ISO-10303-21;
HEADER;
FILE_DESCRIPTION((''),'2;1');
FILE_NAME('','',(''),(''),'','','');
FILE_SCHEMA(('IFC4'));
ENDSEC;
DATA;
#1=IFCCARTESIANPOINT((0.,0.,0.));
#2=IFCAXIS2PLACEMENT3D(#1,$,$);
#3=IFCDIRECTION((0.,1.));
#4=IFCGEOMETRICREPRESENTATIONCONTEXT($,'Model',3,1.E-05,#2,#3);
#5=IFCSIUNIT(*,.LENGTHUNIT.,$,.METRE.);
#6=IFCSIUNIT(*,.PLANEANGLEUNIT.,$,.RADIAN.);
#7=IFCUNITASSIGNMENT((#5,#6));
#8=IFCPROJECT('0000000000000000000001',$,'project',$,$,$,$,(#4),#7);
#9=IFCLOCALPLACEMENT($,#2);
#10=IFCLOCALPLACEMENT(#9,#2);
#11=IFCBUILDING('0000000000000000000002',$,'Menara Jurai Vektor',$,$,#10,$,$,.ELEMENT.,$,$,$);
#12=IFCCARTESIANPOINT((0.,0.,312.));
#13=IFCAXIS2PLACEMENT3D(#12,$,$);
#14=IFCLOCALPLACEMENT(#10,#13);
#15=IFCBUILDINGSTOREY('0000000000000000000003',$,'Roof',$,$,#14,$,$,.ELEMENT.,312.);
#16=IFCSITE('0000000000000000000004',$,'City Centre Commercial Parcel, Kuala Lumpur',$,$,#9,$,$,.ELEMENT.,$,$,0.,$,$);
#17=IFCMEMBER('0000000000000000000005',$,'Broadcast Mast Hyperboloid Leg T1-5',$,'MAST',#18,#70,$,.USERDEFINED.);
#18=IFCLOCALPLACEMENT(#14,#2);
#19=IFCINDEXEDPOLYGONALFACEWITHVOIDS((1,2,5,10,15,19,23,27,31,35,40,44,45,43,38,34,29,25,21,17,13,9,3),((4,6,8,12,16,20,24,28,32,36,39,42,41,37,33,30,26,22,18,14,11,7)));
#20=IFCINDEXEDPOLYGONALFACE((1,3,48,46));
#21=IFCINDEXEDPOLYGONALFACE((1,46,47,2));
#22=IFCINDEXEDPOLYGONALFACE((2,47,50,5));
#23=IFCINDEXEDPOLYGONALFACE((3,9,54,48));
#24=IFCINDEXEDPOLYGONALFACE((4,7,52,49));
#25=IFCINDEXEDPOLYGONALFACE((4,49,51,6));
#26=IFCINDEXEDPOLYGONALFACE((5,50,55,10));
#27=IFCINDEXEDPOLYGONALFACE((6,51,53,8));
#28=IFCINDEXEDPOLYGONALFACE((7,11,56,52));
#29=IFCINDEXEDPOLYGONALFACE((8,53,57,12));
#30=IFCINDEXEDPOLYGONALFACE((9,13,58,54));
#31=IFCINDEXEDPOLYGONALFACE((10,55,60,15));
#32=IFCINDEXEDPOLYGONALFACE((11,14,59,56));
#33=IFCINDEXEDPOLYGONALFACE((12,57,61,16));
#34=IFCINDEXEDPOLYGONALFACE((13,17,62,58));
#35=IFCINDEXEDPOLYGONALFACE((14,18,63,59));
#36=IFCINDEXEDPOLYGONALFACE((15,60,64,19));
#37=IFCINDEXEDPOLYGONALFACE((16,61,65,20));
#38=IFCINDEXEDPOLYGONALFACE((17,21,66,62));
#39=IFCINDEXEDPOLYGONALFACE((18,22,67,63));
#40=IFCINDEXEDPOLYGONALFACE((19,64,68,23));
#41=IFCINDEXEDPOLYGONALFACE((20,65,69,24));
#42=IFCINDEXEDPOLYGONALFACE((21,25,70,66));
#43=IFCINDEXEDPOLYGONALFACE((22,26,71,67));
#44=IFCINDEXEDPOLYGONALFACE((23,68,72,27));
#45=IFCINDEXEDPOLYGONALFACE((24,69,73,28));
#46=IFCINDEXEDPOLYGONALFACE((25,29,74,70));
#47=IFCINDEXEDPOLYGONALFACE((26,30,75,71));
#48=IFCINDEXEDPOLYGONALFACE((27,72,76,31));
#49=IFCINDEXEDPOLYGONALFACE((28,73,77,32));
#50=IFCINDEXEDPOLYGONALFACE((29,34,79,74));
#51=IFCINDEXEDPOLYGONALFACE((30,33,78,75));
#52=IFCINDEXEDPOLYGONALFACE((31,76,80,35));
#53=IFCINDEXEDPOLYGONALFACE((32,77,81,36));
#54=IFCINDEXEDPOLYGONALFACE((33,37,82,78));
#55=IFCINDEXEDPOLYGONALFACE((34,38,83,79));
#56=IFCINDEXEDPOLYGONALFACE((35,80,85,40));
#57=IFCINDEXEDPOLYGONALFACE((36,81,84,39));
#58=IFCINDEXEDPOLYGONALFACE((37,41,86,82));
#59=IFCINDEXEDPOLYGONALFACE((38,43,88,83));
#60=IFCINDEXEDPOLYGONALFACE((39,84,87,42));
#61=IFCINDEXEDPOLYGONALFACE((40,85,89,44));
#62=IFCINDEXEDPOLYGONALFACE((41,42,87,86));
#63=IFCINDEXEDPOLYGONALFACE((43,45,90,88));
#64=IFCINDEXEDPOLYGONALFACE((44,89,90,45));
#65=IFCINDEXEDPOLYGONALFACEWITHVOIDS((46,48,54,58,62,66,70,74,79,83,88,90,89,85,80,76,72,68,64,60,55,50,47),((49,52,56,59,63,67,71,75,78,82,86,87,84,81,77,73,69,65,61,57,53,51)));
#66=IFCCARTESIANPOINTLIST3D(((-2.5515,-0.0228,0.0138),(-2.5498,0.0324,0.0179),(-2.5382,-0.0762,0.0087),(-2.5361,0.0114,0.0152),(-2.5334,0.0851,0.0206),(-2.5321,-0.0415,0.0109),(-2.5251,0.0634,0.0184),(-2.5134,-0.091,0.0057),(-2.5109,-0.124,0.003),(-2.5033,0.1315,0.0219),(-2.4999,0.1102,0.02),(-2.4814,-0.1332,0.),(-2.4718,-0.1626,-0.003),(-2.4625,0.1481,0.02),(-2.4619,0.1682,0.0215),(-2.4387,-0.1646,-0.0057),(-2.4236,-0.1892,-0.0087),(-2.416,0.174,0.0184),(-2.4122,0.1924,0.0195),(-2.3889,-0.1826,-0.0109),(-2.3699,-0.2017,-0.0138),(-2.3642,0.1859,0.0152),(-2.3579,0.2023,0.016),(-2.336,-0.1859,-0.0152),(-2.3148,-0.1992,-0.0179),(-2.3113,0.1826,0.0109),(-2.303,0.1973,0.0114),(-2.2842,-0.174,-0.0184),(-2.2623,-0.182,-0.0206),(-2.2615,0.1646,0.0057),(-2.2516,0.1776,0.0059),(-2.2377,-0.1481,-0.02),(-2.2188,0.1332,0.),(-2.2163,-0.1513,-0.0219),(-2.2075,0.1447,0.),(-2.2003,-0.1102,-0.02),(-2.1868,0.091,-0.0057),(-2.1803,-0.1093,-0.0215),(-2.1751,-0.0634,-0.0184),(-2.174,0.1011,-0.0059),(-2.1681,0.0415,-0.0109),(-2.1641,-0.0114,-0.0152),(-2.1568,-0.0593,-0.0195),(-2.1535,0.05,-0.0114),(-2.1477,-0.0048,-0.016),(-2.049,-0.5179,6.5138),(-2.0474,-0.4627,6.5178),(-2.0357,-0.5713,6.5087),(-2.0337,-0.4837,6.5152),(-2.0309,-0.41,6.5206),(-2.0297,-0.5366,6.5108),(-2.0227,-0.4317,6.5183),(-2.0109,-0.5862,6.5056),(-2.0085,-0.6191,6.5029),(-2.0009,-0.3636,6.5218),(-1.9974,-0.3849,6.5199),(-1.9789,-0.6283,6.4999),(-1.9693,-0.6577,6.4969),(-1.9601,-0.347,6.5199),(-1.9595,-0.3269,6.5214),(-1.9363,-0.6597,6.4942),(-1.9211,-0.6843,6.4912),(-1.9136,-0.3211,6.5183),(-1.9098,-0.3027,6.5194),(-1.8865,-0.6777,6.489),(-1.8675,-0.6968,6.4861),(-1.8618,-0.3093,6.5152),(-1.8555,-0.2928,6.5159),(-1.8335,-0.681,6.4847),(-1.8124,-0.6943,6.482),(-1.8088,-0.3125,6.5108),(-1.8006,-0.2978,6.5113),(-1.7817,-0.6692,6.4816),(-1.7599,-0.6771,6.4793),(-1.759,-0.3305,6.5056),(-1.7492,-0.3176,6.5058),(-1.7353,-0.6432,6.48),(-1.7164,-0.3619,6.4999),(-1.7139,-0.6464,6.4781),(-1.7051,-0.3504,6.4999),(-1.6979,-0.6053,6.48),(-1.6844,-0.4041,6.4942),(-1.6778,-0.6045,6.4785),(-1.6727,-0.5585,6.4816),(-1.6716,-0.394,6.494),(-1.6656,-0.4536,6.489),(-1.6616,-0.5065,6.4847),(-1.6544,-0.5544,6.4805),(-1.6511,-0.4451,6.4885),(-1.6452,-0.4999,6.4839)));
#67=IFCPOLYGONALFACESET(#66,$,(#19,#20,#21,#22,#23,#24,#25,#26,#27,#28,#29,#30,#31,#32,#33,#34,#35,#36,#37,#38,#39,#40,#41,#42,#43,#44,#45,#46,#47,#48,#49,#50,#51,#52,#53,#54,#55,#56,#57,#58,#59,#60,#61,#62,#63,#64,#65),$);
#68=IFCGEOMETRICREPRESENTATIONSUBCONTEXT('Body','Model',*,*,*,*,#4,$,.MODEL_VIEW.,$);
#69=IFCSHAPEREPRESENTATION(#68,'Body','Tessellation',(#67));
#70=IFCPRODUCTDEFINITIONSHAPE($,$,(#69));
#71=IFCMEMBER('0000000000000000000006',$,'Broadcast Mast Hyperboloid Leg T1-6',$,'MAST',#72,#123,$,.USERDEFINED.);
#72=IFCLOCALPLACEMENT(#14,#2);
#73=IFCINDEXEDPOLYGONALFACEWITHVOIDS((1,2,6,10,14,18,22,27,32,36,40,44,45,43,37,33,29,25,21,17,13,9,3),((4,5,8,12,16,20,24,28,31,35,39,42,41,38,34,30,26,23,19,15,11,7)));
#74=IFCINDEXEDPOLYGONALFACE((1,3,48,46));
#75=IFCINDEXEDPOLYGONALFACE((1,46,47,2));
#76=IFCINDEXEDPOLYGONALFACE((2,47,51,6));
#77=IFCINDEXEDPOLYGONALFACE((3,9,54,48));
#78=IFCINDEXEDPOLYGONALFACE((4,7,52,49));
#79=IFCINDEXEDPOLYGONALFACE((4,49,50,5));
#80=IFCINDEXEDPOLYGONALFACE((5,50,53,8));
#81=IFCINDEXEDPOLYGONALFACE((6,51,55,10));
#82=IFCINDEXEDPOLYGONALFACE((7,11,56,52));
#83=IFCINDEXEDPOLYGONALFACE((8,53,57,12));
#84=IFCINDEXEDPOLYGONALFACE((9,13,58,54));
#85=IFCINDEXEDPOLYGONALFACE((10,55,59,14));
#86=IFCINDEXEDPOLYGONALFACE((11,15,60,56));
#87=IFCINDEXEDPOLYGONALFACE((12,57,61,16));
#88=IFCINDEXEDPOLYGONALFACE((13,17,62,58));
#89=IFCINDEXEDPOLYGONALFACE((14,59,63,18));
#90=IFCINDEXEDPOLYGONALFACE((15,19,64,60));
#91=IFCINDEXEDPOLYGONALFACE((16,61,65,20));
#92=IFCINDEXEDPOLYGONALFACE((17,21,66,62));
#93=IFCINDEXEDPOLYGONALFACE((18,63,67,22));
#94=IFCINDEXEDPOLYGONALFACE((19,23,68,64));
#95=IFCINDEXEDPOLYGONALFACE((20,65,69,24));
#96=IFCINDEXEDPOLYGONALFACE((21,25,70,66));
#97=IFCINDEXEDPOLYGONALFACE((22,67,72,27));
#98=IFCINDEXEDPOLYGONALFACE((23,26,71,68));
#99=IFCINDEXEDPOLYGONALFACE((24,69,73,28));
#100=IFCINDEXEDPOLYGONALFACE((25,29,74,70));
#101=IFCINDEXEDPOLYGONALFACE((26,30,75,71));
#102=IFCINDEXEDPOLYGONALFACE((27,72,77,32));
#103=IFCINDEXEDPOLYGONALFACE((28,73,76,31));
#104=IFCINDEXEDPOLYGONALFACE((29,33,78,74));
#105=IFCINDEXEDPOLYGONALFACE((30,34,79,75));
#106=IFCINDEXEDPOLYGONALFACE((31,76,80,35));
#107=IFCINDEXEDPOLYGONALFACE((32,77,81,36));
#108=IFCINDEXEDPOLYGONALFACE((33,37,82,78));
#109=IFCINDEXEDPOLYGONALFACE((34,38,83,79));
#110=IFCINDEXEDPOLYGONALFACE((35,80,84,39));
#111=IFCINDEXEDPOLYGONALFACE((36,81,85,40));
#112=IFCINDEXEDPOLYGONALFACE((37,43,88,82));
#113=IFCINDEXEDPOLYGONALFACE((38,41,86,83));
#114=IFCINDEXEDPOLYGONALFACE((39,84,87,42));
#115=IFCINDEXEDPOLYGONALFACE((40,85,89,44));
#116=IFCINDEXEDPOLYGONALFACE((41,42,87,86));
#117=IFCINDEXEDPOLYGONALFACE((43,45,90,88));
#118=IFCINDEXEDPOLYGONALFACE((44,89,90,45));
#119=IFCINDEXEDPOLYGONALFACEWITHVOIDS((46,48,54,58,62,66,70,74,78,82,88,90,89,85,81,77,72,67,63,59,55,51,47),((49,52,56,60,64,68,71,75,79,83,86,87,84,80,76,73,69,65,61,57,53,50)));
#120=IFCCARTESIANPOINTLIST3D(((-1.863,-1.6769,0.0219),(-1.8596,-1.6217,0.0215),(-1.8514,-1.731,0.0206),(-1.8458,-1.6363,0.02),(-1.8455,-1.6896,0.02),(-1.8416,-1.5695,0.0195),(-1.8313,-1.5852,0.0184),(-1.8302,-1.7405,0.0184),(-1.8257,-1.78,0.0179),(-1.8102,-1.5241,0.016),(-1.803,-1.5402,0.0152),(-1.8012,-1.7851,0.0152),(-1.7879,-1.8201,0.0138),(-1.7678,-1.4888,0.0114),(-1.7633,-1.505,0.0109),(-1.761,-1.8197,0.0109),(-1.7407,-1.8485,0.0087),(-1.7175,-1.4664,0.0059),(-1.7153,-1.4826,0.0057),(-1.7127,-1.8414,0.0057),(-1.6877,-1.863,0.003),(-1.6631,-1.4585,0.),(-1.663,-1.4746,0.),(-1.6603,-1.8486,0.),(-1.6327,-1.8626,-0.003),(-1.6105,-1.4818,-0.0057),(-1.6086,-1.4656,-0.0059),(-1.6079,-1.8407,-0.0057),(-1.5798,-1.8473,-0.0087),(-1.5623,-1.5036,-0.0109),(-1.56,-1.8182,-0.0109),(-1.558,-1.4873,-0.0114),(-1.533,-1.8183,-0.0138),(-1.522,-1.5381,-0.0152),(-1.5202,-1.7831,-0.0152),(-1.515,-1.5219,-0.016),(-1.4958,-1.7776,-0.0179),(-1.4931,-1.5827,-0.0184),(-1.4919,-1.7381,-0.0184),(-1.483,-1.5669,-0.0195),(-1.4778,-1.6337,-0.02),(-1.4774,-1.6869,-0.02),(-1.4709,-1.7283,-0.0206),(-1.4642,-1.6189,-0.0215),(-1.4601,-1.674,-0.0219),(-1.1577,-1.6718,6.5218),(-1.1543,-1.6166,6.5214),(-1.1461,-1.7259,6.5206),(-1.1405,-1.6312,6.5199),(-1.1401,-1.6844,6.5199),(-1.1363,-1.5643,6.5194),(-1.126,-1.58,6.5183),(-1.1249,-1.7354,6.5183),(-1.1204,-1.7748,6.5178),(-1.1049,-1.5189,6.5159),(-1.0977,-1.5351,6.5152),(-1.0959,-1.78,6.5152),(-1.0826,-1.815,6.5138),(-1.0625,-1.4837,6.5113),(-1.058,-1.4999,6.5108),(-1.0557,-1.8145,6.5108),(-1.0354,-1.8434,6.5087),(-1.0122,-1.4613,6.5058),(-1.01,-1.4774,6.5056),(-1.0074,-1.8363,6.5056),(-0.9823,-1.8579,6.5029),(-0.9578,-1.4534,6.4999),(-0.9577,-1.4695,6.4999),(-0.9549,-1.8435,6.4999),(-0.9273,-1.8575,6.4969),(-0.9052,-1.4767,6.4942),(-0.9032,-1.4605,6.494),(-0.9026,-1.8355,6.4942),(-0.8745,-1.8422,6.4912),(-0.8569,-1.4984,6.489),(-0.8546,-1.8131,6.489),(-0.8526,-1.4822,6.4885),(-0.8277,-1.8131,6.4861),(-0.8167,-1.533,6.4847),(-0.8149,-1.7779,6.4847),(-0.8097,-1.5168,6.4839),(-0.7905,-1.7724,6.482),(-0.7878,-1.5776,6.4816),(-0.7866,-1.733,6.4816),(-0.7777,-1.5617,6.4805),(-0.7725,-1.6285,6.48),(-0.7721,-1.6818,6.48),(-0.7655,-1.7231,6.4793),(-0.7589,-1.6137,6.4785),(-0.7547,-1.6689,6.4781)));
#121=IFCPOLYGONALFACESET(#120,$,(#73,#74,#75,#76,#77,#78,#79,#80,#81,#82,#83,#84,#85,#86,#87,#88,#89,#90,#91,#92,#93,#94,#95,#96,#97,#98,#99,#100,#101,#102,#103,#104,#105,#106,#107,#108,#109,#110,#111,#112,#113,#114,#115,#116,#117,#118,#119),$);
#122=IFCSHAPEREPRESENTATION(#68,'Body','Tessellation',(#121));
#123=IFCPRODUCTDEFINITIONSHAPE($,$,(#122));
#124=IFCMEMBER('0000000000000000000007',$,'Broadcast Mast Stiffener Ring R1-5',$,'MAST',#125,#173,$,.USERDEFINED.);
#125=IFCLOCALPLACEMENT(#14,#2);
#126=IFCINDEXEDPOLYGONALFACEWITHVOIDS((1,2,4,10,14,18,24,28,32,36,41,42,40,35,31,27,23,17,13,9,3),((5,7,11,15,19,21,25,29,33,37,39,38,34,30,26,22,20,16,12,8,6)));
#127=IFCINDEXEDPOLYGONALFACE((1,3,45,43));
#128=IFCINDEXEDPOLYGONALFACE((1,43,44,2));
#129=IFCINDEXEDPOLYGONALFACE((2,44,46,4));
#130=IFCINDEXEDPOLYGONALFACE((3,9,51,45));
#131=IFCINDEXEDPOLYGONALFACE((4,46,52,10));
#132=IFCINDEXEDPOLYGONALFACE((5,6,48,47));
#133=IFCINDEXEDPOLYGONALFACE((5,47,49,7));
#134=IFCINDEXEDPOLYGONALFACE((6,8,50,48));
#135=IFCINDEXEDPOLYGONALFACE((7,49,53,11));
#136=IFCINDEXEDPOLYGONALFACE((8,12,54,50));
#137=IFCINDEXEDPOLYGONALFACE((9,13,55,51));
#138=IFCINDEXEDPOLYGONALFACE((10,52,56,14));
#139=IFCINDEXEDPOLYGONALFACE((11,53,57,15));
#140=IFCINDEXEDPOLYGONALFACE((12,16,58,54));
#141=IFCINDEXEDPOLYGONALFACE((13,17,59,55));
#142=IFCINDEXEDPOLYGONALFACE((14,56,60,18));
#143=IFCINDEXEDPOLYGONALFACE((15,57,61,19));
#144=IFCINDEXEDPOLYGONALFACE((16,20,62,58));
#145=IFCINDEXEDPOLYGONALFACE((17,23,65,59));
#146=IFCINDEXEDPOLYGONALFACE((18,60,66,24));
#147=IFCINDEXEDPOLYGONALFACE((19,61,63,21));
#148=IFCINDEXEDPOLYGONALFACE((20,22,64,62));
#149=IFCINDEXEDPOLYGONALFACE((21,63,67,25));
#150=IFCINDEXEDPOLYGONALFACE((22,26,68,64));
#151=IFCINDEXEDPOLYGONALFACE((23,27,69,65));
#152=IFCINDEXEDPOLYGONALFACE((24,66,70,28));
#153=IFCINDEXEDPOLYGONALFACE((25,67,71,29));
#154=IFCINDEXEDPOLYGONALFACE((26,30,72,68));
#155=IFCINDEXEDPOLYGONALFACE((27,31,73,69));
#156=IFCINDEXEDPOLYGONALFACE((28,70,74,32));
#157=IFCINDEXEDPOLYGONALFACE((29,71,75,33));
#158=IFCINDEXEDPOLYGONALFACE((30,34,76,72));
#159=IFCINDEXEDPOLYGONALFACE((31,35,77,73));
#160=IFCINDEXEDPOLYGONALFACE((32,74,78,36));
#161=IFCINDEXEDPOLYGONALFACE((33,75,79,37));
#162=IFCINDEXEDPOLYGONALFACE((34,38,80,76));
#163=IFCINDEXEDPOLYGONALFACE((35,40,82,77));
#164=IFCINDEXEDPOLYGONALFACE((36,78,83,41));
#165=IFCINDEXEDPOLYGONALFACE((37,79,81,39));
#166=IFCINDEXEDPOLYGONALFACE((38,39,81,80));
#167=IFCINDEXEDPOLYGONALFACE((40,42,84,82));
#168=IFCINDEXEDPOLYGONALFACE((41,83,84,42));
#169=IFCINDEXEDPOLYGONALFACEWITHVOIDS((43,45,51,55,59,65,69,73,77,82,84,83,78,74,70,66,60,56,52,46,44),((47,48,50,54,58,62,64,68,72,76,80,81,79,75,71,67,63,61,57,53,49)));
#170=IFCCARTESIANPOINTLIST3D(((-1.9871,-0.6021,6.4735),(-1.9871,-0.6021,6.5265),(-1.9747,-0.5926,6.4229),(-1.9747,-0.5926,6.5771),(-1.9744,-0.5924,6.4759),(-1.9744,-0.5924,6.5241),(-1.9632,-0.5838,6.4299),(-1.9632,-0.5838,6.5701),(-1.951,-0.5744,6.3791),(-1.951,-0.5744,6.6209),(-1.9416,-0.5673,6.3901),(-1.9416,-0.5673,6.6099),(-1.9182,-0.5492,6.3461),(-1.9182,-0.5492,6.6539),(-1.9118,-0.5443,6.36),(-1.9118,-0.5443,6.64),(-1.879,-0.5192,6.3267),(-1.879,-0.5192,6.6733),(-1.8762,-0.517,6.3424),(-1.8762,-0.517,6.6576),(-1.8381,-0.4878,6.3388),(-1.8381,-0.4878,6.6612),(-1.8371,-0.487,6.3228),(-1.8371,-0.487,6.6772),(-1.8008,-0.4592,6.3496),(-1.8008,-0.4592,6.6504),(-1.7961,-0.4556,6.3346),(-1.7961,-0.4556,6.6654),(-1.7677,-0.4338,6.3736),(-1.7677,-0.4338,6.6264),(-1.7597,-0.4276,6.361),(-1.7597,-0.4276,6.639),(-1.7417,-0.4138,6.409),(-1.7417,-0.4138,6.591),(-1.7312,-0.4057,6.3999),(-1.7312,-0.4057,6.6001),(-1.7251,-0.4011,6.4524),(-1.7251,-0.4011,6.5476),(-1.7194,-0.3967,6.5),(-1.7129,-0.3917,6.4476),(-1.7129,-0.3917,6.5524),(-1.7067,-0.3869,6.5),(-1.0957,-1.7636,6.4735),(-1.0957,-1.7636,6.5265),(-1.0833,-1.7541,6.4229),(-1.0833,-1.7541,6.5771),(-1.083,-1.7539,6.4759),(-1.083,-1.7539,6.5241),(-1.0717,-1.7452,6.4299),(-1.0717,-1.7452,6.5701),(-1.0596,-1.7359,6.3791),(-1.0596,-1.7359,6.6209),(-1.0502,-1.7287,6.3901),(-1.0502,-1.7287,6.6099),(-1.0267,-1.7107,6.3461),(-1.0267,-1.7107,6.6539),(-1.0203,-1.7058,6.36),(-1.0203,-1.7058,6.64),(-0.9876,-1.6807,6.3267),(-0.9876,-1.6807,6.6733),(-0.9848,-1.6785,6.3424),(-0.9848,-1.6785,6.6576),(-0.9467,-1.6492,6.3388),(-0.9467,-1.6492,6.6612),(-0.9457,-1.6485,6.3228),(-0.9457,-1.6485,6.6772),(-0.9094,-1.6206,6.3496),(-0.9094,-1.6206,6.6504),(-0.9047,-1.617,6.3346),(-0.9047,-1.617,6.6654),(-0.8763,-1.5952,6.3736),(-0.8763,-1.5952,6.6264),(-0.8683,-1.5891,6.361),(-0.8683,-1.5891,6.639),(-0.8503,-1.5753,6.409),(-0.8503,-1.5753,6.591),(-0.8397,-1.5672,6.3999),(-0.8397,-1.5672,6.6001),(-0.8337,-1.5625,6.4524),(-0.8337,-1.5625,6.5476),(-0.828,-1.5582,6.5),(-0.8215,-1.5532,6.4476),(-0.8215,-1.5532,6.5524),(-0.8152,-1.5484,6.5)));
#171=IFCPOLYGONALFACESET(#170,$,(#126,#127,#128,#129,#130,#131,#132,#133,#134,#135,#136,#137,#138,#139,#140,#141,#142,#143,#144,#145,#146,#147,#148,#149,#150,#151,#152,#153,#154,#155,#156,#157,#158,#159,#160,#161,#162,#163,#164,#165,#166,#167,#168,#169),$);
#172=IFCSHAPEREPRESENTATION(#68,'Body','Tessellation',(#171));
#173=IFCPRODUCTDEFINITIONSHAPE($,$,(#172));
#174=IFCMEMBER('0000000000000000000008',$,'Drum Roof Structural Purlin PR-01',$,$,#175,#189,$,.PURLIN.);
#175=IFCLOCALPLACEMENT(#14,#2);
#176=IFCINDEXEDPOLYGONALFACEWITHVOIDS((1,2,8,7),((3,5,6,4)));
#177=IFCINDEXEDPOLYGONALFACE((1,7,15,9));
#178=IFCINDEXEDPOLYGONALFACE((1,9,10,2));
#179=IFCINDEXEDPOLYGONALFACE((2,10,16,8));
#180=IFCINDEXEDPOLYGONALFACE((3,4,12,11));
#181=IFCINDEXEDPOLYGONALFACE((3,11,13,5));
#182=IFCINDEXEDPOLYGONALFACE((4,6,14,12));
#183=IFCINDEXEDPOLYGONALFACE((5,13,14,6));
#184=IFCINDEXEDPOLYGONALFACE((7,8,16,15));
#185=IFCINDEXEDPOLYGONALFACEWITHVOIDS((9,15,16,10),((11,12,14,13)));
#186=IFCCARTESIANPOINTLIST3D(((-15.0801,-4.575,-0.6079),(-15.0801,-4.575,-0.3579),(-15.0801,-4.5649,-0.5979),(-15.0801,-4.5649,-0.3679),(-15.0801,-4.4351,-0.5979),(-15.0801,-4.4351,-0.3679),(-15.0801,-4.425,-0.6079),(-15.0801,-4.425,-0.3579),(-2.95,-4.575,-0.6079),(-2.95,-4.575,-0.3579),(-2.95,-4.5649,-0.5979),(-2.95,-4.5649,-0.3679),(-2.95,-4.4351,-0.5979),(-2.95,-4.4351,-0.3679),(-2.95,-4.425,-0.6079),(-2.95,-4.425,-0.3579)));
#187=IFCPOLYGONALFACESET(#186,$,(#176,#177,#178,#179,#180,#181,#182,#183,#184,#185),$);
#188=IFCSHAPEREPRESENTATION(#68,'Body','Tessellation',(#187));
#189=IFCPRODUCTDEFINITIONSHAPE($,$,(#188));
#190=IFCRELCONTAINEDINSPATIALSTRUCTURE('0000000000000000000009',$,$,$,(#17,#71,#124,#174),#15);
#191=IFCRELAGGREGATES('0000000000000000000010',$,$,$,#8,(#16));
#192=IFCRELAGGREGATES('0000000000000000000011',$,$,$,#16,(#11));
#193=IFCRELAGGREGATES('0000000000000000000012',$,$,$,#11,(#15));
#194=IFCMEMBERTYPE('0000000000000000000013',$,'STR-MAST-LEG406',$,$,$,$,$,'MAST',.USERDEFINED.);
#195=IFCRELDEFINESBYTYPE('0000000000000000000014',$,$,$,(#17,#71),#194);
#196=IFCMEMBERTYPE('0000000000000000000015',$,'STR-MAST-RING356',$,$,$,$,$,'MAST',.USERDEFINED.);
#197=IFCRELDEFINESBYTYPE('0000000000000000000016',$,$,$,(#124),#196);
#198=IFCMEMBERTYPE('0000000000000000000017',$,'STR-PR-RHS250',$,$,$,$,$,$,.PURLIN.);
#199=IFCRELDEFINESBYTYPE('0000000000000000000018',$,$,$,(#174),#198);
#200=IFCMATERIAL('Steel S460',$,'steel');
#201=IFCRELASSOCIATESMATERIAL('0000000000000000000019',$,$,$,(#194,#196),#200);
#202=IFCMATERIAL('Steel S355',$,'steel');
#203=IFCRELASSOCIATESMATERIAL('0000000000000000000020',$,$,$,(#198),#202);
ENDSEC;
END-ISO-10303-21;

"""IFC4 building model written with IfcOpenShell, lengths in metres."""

from ifc_helpers import new_model, si_unit, direction, frame, origin, origin_2d, place, context, subcontext, project, spatial, hollow_rectangle, hollow_circle, extrude, material, material_profile, profile_set, type_object, element, save


model = new_model("IFC4")

# Units and contexts
model_context = context("Model", 3, precision=1e-05, world=origin(), true_north=direction((0.0, 1.0)))
body_context = subcontext(model_context, "Body", "Model", "MODEL_VIEW")
ifc_project = project(units=[si_unit("LENGTHUNIT", "METRE"), si_unit("PLANEANGLEUNIT", "RADIAN")], contexts=[model_context])

# Site, building, storey
site_placement = place(None, origin())
site = spatial("IfcSite", under=ifc_project, at=site_placement, Name="City Centre Commercial Parcel, Kuala Lumpur", CompositionType="ELEMENT", RefElevation=0.0)
building_placement = place(site_placement, origin())
building = spatial("IfcBuilding", under=site, at=building_placement, Name="Menara Jurai Vektor", CompositionType="ELEMENT")
storey_placement = place(building_placement, frame((0.0, 0.0, 312.0)))
storey = spatial("IfcBuildingStorey", under=building, at=storey_placement, Name="Roof", CompositionType="ELEMENT", Elevation=312.0)

# Shared definitions
ifc_material_1 = material(Name="Steel S460", Category="steel")

# Shared definitions
ifc_material_2 = material(Name="Steel S355", Category="steel")

# Members
ifc_material_profile_1 = material_profile(ifc_material_1, hollow_circle(Radius=0.2031, WallThickness=0.0161, at=origin_2d()), Name="CHS 406.4x16")
ifc_profile_set_1 = profile_set([ifc_material_profile_1], Name="Steel S460")
member_type_1 = type_object("IfcMemberType", Name="STR-MAST-LEG406", ElementType="MAST", PredefinedType="USERDEFINED", material=ifc_profile_set_1)
for number, where, z_axis, x_axis, name in (
    (1, (-2.3501, 0.0, 0.0), (0.076847, -0.075727, 0.994163), (0.701896, 0.712279, 0.0), "Broadcast Mast Hyperboloid Leg T1-5"),
    (2, (-1.6616, -1.6616, 0.0), (0.107878, 0.000784, 0.994164), (-0.007269, 0.999974, 0.0), "Broadcast Mast Hyperboloid Leg T1-6"),
):
    element("IfcMember", number, at=place(storey_placement, frame(where, z_axis=z_axis, x_axis=x_axis)), inside=storey, type_object=member_type_1, Name=name, ObjectType="MAST", PredefinedType="USERDEFINED", context=body_context, shape_type="SweptSolid", body=[
        extrude(hollow_circle(Radius=0.2031, WallThickness=0.0161, at=origin_2d()), origin(), (0.0, 0.0, 1.0), 6.5381),
    ])
ifc_material_profile_2 = material_profile(ifc_material_1, hollow_circle(Radius=0.1777, WallThickness=0.0161, at=origin_2d()), Name="CHS 355.6x16")
ifc_profile_set_2 = profile_set([ifc_material_profile_2], Name="Steel S460")
member_type_2 = type_object("IfcMemberType", Name="STR-MAST-RING356", ElementType="MAST", PredefinedType="USERDEFINED", material=ifc_profile_set_2)
member_1_placement = place(storey_placement, frame((-1.8477, -0.4951, 6.5), z_axis=(0.608848, -0.793287, 0.0), x_axis=(0.793287, 0.608848, 0.0)))
element("IfcMember", 3, at=member_1_placement, inside=storey, type_object=member_type_2, Name="Broadcast Mast Stiffener Ring R1-5", ObjectType="MAST", PredefinedType="USERDEFINED", context=body_context, shape_type="SweptSolid", body=[
    extrude(hollow_circle(Radius=0.1777, WallThickness=0.0161, at=origin_2d()), origin(), (0.0, 0.0, 1.0), 1.4641),
])
ifc_material_profile_3 = material_profile(ifc_material_2, hollow_rectangle(XDim=0.1499, YDim=0.25, WallThickness=0.01, at=origin_2d()), Name="RHS 250x150x10")
ifc_profile_set_3 = profile_set([ifc_material_profile_3], Name="Steel S355")
member_type_3 = type_object("IfcMemberType", Name="STR-PR-RHS250", PredefinedType="PURLIN", material=ifc_profile_set_3)
member_2_placement = place(storey_placement, frame((-15.0801, -4.5, -0.4829), z_axis=(1.0, 0.0, 0.0), x_axis=(0.0, 1.0, 0.0)))
element("IfcMember", 4, at=member_2_placement, inside=storey, type_object=member_type_3, Name="Drum Roof Structural Purlin PR-01", PredefinedType="PURLIN", context=body_context, shape_type="SweptSolid", body=[
    extrude(hollow_rectangle(XDim=0.1499, YDim=0.25, WallThickness=0.01, at=origin_2d()), origin(), (0.0, 0.0, 1.0), 12.1301),
])

save(model, "model.ifc")
